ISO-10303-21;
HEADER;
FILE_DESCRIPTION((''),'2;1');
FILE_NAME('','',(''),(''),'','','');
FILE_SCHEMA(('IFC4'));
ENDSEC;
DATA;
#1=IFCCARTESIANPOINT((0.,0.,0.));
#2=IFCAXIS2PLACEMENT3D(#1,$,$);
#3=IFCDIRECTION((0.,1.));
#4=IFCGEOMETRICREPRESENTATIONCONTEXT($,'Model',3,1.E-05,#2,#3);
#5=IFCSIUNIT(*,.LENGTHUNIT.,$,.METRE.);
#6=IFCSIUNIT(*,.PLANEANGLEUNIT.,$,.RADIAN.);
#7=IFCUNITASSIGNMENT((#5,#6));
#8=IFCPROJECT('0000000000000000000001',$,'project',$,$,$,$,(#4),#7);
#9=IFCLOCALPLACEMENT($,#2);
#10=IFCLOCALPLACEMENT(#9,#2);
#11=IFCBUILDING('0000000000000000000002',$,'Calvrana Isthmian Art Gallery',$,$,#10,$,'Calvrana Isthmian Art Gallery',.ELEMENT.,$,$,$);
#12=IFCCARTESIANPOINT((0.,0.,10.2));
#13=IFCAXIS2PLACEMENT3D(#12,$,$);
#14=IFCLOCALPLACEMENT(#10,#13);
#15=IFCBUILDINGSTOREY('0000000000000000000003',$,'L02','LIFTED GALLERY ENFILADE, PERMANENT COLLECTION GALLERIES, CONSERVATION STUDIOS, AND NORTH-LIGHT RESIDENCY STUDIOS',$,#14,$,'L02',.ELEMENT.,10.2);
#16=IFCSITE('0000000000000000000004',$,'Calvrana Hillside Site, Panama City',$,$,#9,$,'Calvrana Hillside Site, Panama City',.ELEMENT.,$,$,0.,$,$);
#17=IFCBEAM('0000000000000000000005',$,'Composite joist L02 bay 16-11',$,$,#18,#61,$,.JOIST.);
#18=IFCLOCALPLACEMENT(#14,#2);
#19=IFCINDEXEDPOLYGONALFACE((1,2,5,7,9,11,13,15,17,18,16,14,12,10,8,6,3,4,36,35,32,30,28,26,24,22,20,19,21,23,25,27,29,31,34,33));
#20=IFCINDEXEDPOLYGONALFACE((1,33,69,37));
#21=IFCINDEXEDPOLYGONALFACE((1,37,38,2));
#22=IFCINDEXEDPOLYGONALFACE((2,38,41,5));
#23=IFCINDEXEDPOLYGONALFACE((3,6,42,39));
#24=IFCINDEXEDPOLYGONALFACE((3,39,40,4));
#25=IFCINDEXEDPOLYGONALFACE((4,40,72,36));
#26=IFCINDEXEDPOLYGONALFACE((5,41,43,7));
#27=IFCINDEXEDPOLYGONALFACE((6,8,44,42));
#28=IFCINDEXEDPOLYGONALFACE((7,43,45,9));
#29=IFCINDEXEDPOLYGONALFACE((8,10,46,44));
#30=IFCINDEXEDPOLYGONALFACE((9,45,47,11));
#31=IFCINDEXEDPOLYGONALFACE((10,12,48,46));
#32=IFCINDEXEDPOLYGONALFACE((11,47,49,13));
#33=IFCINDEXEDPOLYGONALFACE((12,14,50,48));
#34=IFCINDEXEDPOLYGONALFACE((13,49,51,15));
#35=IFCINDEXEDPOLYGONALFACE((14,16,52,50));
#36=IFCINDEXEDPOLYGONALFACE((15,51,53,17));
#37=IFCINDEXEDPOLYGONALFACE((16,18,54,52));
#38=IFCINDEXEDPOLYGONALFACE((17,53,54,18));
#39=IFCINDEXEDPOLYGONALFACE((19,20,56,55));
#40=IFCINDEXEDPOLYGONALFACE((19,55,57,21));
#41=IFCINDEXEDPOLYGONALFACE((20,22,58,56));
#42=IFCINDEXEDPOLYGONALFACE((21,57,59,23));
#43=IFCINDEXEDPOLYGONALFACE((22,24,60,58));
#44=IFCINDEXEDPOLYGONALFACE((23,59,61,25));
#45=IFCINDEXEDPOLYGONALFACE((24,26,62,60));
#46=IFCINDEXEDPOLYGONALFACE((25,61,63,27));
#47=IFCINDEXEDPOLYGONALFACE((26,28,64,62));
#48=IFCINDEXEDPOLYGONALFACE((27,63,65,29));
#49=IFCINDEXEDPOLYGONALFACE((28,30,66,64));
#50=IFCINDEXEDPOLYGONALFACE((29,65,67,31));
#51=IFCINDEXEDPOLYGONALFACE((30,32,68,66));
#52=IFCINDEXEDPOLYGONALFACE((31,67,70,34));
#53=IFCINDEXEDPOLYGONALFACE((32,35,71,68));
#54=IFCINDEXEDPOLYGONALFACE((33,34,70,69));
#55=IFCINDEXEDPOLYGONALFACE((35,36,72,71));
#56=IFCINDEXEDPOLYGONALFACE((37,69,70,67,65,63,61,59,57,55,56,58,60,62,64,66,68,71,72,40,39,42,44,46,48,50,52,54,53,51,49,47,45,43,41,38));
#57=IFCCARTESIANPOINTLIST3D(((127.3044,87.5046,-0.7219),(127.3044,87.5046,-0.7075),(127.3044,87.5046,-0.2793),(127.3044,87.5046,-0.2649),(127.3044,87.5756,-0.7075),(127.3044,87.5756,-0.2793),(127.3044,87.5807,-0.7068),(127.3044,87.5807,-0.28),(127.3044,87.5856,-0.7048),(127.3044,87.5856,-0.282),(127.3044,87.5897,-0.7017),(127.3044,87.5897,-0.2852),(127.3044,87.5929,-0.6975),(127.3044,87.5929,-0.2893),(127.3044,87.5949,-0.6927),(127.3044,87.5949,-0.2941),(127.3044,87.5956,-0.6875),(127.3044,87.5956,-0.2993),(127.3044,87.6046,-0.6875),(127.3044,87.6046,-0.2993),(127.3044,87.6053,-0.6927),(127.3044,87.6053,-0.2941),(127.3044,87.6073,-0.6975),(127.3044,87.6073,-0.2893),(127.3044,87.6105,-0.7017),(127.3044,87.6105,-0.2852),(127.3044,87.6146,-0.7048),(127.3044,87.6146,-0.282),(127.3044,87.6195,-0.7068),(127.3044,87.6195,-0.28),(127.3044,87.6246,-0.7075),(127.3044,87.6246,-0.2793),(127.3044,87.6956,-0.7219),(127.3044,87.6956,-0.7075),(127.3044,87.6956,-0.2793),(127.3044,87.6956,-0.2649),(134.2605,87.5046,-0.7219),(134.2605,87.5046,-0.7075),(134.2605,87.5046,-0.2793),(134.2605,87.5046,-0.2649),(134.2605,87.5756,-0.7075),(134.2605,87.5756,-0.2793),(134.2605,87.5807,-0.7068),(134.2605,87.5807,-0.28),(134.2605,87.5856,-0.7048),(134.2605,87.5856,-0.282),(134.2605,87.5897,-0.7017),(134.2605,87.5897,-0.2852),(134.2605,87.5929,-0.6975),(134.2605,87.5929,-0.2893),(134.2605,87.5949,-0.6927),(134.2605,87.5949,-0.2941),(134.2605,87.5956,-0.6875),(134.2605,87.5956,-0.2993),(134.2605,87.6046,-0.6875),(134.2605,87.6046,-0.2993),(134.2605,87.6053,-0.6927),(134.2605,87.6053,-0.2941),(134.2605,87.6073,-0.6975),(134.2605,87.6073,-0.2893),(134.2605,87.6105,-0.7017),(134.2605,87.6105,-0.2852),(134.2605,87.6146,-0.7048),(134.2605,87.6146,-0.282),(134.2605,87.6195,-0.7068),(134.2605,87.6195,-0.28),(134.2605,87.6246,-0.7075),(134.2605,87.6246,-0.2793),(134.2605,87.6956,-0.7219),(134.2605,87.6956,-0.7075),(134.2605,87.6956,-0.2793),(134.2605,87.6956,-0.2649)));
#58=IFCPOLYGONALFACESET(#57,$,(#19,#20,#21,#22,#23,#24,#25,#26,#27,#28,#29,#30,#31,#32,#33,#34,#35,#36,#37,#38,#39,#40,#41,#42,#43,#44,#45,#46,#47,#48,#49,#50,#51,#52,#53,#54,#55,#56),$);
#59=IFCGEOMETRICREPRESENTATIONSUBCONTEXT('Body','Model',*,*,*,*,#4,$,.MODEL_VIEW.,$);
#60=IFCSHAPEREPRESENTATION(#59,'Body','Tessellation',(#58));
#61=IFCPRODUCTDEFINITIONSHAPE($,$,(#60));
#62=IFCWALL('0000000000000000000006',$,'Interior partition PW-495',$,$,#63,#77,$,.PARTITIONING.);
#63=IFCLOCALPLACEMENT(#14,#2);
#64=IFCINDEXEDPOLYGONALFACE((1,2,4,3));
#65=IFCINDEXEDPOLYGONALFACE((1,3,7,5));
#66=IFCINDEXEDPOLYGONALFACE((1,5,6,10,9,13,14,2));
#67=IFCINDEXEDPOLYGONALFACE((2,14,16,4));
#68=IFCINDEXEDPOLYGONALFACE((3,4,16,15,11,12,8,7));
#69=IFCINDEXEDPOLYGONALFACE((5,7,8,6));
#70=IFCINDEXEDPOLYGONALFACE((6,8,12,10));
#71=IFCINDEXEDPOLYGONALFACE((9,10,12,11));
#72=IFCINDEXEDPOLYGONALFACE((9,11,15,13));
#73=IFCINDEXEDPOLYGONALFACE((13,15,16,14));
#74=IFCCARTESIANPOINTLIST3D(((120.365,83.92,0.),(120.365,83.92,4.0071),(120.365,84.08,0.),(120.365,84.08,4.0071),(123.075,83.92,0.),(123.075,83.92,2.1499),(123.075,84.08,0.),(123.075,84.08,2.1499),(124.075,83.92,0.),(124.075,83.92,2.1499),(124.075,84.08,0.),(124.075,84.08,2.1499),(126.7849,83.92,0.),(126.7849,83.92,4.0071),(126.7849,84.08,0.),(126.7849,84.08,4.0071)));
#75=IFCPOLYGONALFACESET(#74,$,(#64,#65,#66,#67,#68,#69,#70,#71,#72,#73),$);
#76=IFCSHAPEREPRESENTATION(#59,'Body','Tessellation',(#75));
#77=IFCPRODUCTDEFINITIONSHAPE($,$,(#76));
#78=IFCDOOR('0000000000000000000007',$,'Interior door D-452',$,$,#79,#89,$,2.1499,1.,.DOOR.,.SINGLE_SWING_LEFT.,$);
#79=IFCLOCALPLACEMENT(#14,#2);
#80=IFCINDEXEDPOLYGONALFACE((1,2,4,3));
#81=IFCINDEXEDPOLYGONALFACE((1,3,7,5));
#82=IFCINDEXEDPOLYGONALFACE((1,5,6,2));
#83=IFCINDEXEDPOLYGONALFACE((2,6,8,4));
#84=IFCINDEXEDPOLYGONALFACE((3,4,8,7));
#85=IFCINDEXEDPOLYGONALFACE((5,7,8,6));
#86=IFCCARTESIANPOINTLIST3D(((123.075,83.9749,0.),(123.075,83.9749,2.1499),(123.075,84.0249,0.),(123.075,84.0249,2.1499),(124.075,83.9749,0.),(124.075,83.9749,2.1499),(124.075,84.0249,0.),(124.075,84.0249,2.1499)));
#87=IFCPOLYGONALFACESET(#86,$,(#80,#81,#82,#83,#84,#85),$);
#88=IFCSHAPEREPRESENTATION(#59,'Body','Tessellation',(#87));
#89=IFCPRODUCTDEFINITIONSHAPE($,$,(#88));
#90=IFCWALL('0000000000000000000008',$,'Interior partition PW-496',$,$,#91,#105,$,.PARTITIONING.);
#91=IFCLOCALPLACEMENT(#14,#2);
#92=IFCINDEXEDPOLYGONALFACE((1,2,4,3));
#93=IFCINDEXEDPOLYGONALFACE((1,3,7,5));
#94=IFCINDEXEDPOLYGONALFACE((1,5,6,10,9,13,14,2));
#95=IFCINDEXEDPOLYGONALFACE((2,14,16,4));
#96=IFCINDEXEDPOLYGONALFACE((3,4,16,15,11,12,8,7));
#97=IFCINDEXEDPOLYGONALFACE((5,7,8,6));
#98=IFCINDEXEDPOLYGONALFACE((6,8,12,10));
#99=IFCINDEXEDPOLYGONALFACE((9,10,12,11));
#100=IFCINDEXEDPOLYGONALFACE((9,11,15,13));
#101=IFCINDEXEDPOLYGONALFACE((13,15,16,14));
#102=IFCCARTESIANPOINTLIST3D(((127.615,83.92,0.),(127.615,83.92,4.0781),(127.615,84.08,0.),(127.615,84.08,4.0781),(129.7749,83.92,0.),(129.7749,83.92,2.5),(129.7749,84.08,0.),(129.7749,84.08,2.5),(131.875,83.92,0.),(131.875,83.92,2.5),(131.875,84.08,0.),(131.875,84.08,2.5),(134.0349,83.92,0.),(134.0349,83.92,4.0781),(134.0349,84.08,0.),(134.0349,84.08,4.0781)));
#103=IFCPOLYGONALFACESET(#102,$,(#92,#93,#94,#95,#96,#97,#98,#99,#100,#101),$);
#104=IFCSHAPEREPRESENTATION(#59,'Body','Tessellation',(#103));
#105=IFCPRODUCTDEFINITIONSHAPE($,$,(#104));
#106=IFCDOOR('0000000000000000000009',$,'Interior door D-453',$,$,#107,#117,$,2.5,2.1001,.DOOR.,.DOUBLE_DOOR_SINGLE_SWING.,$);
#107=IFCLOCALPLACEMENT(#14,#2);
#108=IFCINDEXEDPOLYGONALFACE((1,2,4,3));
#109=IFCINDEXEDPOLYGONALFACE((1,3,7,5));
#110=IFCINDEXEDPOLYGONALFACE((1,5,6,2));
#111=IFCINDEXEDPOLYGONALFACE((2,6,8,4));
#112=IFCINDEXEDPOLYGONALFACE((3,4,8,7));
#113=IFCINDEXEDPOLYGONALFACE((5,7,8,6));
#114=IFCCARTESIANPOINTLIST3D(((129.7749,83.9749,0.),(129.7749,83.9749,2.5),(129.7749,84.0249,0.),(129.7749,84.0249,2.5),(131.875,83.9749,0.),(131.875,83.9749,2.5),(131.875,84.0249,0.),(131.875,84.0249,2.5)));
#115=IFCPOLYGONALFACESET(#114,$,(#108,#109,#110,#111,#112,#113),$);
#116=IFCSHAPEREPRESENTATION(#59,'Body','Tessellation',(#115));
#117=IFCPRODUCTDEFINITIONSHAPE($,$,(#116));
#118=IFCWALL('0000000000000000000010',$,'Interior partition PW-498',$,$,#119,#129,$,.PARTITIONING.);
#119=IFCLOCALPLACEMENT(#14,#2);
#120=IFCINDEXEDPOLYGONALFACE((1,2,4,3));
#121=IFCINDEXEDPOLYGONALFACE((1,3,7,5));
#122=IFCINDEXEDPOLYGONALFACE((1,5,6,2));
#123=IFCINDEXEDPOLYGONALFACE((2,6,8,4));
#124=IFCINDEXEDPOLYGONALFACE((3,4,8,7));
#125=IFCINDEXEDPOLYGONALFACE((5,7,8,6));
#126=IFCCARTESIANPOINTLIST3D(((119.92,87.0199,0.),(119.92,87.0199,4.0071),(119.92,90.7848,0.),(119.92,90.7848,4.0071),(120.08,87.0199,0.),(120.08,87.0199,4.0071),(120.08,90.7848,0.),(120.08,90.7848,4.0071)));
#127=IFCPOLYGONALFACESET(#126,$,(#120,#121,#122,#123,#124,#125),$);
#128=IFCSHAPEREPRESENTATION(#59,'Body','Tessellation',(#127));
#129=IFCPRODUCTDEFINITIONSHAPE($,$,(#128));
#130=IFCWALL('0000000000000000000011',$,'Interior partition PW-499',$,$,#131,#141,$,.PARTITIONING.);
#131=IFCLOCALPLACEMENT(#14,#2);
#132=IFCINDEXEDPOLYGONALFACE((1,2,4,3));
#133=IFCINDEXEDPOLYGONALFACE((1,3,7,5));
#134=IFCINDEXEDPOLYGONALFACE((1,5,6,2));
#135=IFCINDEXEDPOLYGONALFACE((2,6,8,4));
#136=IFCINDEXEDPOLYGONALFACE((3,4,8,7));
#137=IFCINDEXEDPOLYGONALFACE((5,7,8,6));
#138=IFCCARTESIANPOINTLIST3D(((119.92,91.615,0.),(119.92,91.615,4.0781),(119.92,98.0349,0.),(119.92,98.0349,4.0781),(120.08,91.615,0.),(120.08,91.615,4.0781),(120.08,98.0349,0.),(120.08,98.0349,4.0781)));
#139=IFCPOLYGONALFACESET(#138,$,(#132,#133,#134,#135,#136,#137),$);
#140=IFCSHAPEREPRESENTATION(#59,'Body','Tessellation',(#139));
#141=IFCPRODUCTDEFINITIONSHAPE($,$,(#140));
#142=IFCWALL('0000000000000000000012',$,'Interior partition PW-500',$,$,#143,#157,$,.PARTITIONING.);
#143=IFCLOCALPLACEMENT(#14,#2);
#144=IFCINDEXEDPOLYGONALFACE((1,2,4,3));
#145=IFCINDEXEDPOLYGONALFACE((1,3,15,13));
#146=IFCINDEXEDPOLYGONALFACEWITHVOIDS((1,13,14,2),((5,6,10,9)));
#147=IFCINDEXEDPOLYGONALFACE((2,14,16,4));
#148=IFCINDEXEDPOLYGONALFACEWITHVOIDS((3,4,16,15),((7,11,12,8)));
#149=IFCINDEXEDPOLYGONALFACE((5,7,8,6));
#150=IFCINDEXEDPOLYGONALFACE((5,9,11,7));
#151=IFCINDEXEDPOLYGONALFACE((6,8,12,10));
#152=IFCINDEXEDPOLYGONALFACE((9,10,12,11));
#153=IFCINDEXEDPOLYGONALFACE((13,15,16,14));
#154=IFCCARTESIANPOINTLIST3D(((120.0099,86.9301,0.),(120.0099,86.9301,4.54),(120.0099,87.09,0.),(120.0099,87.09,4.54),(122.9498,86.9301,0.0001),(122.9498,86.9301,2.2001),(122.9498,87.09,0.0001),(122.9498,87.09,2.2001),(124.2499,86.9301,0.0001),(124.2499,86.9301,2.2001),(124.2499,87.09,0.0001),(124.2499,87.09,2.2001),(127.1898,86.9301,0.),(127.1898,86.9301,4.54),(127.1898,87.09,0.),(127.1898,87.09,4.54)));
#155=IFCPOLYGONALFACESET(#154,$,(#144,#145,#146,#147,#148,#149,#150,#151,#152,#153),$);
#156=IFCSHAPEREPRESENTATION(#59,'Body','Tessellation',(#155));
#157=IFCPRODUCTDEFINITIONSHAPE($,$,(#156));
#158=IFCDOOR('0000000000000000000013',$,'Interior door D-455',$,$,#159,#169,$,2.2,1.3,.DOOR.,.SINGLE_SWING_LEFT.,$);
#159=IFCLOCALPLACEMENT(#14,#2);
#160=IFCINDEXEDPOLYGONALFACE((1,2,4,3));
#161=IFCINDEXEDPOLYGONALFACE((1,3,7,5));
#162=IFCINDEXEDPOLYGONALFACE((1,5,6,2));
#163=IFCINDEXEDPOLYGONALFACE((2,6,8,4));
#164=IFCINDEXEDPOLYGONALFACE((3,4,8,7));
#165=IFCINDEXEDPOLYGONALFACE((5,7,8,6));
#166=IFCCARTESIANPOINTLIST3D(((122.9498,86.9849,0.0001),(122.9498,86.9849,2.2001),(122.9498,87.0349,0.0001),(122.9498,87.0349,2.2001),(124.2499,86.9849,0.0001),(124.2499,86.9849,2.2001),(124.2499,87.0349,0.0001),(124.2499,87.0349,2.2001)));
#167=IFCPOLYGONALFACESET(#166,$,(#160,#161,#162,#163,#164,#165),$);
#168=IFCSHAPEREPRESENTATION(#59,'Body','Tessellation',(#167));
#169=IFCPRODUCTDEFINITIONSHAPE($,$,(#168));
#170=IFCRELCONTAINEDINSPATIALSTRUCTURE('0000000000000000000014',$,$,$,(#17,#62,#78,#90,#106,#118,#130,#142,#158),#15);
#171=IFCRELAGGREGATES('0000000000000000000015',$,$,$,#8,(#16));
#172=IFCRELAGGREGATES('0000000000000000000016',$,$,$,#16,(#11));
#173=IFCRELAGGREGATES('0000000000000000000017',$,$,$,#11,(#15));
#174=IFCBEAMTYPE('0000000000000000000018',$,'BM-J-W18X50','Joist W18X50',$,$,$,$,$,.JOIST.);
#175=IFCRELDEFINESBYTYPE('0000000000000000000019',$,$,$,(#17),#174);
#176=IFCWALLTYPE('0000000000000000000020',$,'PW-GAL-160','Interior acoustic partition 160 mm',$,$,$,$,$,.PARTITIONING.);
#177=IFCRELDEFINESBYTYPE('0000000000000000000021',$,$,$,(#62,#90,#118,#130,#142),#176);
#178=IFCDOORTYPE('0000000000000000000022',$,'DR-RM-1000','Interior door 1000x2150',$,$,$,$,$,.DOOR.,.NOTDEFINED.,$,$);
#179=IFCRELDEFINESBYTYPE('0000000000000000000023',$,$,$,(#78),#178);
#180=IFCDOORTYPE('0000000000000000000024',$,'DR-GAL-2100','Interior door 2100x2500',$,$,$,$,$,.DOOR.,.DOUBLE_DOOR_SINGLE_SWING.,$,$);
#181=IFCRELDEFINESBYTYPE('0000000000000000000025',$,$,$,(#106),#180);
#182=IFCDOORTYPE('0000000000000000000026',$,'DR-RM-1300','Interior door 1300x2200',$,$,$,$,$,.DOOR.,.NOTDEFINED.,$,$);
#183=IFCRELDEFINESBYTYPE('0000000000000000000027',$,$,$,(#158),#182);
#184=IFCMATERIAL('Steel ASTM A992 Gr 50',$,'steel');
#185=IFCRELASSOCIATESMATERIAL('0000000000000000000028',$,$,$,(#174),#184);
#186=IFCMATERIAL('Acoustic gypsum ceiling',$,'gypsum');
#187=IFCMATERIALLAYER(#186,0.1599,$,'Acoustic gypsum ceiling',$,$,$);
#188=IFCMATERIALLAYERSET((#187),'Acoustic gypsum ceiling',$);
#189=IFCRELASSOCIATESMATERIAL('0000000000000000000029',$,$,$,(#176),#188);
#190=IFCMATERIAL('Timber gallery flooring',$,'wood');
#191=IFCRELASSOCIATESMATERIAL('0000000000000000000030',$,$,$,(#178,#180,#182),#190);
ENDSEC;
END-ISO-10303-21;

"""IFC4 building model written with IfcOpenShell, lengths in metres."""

from ifc_helpers import new_model, si_unit, direction, frame, frame_2d, origin, origin_2d, place, context, subcontext, project, spatial, rectangle, i_section, extrude, material, layer, layer_set, material_profile, profile_set, type_object, element, fill, save


model = new_model("IFC4")

# Units and contexts
model_context = context("Model", 3, precision=1e-05, world=origin(), true_north=direction((0.0, 1.0)))
body_context = subcontext(model_context, "Body", "Model", "MODEL_VIEW")
ifc_project = project(units=[si_unit("LENGTHUNIT", "METRE"), si_unit("PLANEANGLEUNIT", "RADIAN")], contexts=[model_context])

# Site, building, storey
site_placement = place(None, origin())
site = spatial("IfcSite", under=ifc_project, at=site_placement, Name="Calvrana Hillside Site, Panama City", LongName="Calvrana Hillside Site, Panama City", CompositionType="ELEMENT", RefElevation=0.0)
building_placement = place(site_placement, origin())
building = spatial("IfcBuilding", under=site, at=building_placement, Name="Calvrana Isthmian Art Gallery", LongName="Calvrana Isthmian Art Gallery", CompositionType="ELEMENT")
storey_placement = place(building_placement, frame((0.0, 0.0, 10.2)))
storey = spatial("IfcBuildingStorey", under=building, at=storey_placement, Name="L02", Description="LIFTED GALLERY ENFILADE, PERMANENT COLLECTION GALLERIES, CONSERVATION STUDIOS, AND NORTH-LIGHT RESIDENCY STUDIOS", LongName="L02", CompositionType="ELEMENT", Elevation=10.2)

# Beam
ifc_material_1 = material(Name="Steel ASTM A992 Gr 50", Category="steel")
ifc_material_profile_1 = material_profile(ifc_material_1, i_section(OverallWidth=0.1909, OverallDepth=0.457, WebThickness=0.009, FlangeThickness=0.0144, FilletRadius=0.02, at=origin_2d()), Name="W18X50")
ifc_profile_set_1 = profile_set([ifc_material_profile_1], Name="Steel ASTM A992 Gr 50")
beam_type_1 = type_object("IfcBeamType", Name="BM-J-W18X50", Description="Joist W18X50", PredefinedType="JOIST", material=ifc_profile_set_1)
beam_1_placement = place(storey_placement, frame((127.3044, 87.6001, -0.4934), z_axis=(1.0, 0.0, 0.0), x_axis=(0.0, 1.0, 0.0)))
element("IfcBeam", 1, at=beam_1_placement, inside=storey, type_object=beam_type_1, Name="Composite joist L02 bay 16-11", PredefinedType="JOIST", context=body_context, shape_type="SweptSolid", body=[
    extrude(i_section(OverallWidth=0.1909, OverallDepth=0.457, WebThickness=0.009, FlangeThickness=0.0144, FilletRadius=0.02, at=origin_2d()), origin(), (0.0, 0.0, 1.0), 6.9561),
])

# Walls, openings, doors
ifc_material_2 = material(Name="Acoustic gypsum ceiling", Category="gypsum")
ifc_layer = layer(ifc_material_2, 0.1599, Name="Acoustic gypsum ceiling")
ifc_layer_set = layer_set([ifc_layer], Name="Acoustic gypsum ceiling")
wall_type = type_object("IfcWallType", Name="PW-GAL-160", Description="Interior acoustic partition 160 mm", PredefinedType="PARTITIONING", material=ifc_layer_set)
wall_1_placement = place(storey_placement, frame((120.365, 84.0, 0.0), z_axis=(0.0, 0.0, 1.0), x_axis=(1.0, 0.0, 0.0)))
wall_1 = element("IfcWall", 2, at=wall_1_placement, inside=storey, type_object=wall_type, Name="Interior partition PW-495", PredefinedType="PARTITIONING", context=body_context, shape_type="SweptSolid", body=[
    extrude(rectangle(XDim=6.4199, YDim=0.1599, at=frame_2d((3.21, 0.0))), origin(), (0.0, 0.0, 1.0), 4.0071),
])
opening_1_placement = place(wall_1_placement, frame((2.71, 0.0, 0.0)))
opening_1 = element("IfcOpeningElement", 3, at=opening_1_placement, cuts=wall_1, PredefinedType="OPENING", context=body_context, shape_type="SweptSolid", body=[
    extrude(rectangle(XDim=1.0, YDim=2.1499, at=frame_2d((0.5, 1.075))), frame((0.0, 0.0903, 0.0), z_axis=(0.0, -1.0, 0.0), x_axis=(1.0, 0.0, 0.0)), (0.0, 0.0, 1.0), 0.1804),
])
ifc_material_3 = material(Name="Timber gallery flooring", Category="wood")
door_type_1 = type_object("IfcDoorType", Name="DR-RM-1000", Description="Interior door 1000x2150", OperationType="NOTDEFINED", PredefinedType="DOOR", material=ifc_material_3)
door_1_placement = place(opening_1_placement, origin())
door_1 = element("IfcDoor", 4, at=door_1_placement, inside=storey, type_object=door_type_1, Name="Interior door D-452", OperationType="SINGLE_SWING_LEFT", OverallHeight=2.1499, OverallWidth=1.0, PredefinedType="DOOR", context=body_context, shape_type="SweptSolid", body=[
    extrude(rectangle(XDim=1.0, YDim=2.1499, at=frame_2d((0.5, 1.075))), frame((0.0, 0.0249, 0.0), z_axis=(0.0, -1.0, 0.0), x_axis=(1.0, 0.0, 0.0)), (0.0, 0.0, 1.0), 0.05),
])
fill(opening_1, door_1)
wall_2_placement = place(storey_placement, frame((127.615, 84.0, 0.0), z_axis=(0.0, 0.0, 1.0), x_axis=(1.0, 0.0, 0.0)))
wall_2 = element("IfcWall", 5, at=wall_2_placement, inside=storey, type_object=wall_type, Name="Interior partition PW-496", PredefinedType="PARTITIONING", context=body_context, shape_type="SweptSolid", body=[
    extrude(rectangle(XDim=6.4199, YDim=0.1599, at=frame_2d((3.21, 0.0))), origin(), (0.0, 0.0, 1.0), 4.0781),
])
opening_2_placement = place(wall_2_placement, frame((2.1599, 0.0, 0.0)))
opening_2 = element("IfcOpeningElement", 6, at=opening_2_placement, cuts=wall_2, PredefinedType="OPENING", context=body_context, shape_type="SweptSolid", body=[
    extrude(rectangle(XDim=2.1001, YDim=2.5, at=frame_2d((1.05, 1.25))), frame((0.0, 0.0903, 0.0), z_axis=(0.0, -1.0, 0.0), x_axis=(1.0, 0.0, 0.0)), (0.0, 0.0, 1.0), 0.1804),
])
door_type_2 = type_object("IfcDoorType", Name="DR-GAL-2100", Description="Interior door 2100x2500", OperationType="DOUBLE_DOOR_SINGLE_SWING", PredefinedType="DOOR", material=ifc_material_3)
door_2_placement = place(opening_2_placement, origin())
door_2 = element("IfcDoor", 7, at=door_2_placement, inside=storey, type_object=door_type_2, Name="Interior door D-453", OperationType="DOUBLE_DOOR_SINGLE_SWING", OverallHeight=2.5, OverallWidth=2.1001, PredefinedType="DOOR", context=body_context, shape_type="SweptSolid", body=[
    extrude(rectangle(XDim=2.1001, YDim=2.5, at=frame_2d((1.05, 1.25))), frame((0.0, 0.0249, 0.0), z_axis=(0.0, -1.0, 0.0), x_axis=(1.0, 0.0, 0.0)), (0.0, 0.0, 1.0), 0.05),
])
fill(opening_2, door_2)

# Walls
wall_3_placement = place(storey_placement, frame((120.0, 87.02, 0.0), z_axis=(0.0, 0.0, 1.0), x_axis=(0.0, 1.0, 0.0)))
element("IfcWall", 8, at=wall_3_placement, inside=storey, type_object=wall_type, Name="Interior partition PW-498", PredefinedType="PARTITIONING", context=body_context, shape_type="SweptSolid", body=[
    extrude(rectangle(XDim=3.7649, YDim=0.1599, at=frame_2d((1.8823, 0.0))), origin(), (0.0, 0.0, 1.0), 4.0071),
])
wall_4_placement = place(storey_placement, frame((120.0, 91.615, 0.0), z_axis=(0.0, 0.0, 1.0), x_axis=(0.0, 1.0, 0.0)))
element("IfcWall", 9, at=wall_4_placement, inside=storey, type_object=wall_type, Name="Interior partition PW-499", PredefinedType="PARTITIONING", context=body_context, shape_type="SweptSolid", body=[
    extrude(rectangle(XDim=6.4199, YDim=0.1599, at=frame_2d((3.21, 0.0))), origin(), (0.0, 0.0, 1.0), 4.0781),
])

# Wall, opening, door
wall_5_placement = place(storey_placement, frame((120.01, 87.01, 0.0), z_axis=(0.0, 0.0, 1.0), x_axis=(1.0, 0.0, 0.0)))
wall_5 = element("IfcWall", 10, at=wall_5_placement, inside=storey, type_object=wall_type, Name="Interior partition PW-500", PredefinedType="PARTITIONING", context=body_context, shape_type="SweptSolid", body=[
    extrude(rectangle(XDim=7.1799, YDim=0.1599, at=frame_2d((3.5898, 0.0))), origin(), (0.0, 0.0, 1.0), 4.54),
])
opening_3_placement = place(wall_5_placement, frame((2.9399, 0.0, 0.0)))
opening_3 = element("IfcOpeningElement", 11, at=opening_3_placement, cuts=wall_5, PredefinedType="OPENING", context=body_context, shape_type="SweptSolid", body=[
    extrude(rectangle(XDim=1.3, YDim=2.2, at=frame_2d((0.6499, 1.1001))), frame((0.0, 0.0903, 0.0), z_axis=(0.0, -1.0, 0.0), x_axis=(1.0, 0.0, 0.0)), (0.0, 0.0, 1.0), 0.1804),
])
door_type_3 = type_object("IfcDoorType", Name="DR-RM-1300", Description="Interior door 1300x2200", OperationType="NOTDEFINED", PredefinedType="DOOR", material=ifc_material_3)
door_3_placement = place(opening_3_placement, origin())
door_3 = element("IfcDoor", 12, at=door_3_placement, inside=storey, type_object=door_type_3, Name="Interior door D-455", OperationType="SINGLE_SWING_LEFT", OverallHeight=2.2, OverallWidth=1.3, PredefinedType="DOOR", context=body_context, shape_type="SweptSolid", body=[
    extrude(rectangle(XDim=1.3, YDim=2.2, at=frame_2d((0.6499, 1.1001))), frame((0.0, 0.0249, 0.0), z_axis=(0.0, -1.0, 0.0), x_axis=(1.0, 0.0, 0.0)), (0.0, 0.0, 1.0), 0.05),
])
fill(opening_3, door_3)

save(model, "model.ifc")
